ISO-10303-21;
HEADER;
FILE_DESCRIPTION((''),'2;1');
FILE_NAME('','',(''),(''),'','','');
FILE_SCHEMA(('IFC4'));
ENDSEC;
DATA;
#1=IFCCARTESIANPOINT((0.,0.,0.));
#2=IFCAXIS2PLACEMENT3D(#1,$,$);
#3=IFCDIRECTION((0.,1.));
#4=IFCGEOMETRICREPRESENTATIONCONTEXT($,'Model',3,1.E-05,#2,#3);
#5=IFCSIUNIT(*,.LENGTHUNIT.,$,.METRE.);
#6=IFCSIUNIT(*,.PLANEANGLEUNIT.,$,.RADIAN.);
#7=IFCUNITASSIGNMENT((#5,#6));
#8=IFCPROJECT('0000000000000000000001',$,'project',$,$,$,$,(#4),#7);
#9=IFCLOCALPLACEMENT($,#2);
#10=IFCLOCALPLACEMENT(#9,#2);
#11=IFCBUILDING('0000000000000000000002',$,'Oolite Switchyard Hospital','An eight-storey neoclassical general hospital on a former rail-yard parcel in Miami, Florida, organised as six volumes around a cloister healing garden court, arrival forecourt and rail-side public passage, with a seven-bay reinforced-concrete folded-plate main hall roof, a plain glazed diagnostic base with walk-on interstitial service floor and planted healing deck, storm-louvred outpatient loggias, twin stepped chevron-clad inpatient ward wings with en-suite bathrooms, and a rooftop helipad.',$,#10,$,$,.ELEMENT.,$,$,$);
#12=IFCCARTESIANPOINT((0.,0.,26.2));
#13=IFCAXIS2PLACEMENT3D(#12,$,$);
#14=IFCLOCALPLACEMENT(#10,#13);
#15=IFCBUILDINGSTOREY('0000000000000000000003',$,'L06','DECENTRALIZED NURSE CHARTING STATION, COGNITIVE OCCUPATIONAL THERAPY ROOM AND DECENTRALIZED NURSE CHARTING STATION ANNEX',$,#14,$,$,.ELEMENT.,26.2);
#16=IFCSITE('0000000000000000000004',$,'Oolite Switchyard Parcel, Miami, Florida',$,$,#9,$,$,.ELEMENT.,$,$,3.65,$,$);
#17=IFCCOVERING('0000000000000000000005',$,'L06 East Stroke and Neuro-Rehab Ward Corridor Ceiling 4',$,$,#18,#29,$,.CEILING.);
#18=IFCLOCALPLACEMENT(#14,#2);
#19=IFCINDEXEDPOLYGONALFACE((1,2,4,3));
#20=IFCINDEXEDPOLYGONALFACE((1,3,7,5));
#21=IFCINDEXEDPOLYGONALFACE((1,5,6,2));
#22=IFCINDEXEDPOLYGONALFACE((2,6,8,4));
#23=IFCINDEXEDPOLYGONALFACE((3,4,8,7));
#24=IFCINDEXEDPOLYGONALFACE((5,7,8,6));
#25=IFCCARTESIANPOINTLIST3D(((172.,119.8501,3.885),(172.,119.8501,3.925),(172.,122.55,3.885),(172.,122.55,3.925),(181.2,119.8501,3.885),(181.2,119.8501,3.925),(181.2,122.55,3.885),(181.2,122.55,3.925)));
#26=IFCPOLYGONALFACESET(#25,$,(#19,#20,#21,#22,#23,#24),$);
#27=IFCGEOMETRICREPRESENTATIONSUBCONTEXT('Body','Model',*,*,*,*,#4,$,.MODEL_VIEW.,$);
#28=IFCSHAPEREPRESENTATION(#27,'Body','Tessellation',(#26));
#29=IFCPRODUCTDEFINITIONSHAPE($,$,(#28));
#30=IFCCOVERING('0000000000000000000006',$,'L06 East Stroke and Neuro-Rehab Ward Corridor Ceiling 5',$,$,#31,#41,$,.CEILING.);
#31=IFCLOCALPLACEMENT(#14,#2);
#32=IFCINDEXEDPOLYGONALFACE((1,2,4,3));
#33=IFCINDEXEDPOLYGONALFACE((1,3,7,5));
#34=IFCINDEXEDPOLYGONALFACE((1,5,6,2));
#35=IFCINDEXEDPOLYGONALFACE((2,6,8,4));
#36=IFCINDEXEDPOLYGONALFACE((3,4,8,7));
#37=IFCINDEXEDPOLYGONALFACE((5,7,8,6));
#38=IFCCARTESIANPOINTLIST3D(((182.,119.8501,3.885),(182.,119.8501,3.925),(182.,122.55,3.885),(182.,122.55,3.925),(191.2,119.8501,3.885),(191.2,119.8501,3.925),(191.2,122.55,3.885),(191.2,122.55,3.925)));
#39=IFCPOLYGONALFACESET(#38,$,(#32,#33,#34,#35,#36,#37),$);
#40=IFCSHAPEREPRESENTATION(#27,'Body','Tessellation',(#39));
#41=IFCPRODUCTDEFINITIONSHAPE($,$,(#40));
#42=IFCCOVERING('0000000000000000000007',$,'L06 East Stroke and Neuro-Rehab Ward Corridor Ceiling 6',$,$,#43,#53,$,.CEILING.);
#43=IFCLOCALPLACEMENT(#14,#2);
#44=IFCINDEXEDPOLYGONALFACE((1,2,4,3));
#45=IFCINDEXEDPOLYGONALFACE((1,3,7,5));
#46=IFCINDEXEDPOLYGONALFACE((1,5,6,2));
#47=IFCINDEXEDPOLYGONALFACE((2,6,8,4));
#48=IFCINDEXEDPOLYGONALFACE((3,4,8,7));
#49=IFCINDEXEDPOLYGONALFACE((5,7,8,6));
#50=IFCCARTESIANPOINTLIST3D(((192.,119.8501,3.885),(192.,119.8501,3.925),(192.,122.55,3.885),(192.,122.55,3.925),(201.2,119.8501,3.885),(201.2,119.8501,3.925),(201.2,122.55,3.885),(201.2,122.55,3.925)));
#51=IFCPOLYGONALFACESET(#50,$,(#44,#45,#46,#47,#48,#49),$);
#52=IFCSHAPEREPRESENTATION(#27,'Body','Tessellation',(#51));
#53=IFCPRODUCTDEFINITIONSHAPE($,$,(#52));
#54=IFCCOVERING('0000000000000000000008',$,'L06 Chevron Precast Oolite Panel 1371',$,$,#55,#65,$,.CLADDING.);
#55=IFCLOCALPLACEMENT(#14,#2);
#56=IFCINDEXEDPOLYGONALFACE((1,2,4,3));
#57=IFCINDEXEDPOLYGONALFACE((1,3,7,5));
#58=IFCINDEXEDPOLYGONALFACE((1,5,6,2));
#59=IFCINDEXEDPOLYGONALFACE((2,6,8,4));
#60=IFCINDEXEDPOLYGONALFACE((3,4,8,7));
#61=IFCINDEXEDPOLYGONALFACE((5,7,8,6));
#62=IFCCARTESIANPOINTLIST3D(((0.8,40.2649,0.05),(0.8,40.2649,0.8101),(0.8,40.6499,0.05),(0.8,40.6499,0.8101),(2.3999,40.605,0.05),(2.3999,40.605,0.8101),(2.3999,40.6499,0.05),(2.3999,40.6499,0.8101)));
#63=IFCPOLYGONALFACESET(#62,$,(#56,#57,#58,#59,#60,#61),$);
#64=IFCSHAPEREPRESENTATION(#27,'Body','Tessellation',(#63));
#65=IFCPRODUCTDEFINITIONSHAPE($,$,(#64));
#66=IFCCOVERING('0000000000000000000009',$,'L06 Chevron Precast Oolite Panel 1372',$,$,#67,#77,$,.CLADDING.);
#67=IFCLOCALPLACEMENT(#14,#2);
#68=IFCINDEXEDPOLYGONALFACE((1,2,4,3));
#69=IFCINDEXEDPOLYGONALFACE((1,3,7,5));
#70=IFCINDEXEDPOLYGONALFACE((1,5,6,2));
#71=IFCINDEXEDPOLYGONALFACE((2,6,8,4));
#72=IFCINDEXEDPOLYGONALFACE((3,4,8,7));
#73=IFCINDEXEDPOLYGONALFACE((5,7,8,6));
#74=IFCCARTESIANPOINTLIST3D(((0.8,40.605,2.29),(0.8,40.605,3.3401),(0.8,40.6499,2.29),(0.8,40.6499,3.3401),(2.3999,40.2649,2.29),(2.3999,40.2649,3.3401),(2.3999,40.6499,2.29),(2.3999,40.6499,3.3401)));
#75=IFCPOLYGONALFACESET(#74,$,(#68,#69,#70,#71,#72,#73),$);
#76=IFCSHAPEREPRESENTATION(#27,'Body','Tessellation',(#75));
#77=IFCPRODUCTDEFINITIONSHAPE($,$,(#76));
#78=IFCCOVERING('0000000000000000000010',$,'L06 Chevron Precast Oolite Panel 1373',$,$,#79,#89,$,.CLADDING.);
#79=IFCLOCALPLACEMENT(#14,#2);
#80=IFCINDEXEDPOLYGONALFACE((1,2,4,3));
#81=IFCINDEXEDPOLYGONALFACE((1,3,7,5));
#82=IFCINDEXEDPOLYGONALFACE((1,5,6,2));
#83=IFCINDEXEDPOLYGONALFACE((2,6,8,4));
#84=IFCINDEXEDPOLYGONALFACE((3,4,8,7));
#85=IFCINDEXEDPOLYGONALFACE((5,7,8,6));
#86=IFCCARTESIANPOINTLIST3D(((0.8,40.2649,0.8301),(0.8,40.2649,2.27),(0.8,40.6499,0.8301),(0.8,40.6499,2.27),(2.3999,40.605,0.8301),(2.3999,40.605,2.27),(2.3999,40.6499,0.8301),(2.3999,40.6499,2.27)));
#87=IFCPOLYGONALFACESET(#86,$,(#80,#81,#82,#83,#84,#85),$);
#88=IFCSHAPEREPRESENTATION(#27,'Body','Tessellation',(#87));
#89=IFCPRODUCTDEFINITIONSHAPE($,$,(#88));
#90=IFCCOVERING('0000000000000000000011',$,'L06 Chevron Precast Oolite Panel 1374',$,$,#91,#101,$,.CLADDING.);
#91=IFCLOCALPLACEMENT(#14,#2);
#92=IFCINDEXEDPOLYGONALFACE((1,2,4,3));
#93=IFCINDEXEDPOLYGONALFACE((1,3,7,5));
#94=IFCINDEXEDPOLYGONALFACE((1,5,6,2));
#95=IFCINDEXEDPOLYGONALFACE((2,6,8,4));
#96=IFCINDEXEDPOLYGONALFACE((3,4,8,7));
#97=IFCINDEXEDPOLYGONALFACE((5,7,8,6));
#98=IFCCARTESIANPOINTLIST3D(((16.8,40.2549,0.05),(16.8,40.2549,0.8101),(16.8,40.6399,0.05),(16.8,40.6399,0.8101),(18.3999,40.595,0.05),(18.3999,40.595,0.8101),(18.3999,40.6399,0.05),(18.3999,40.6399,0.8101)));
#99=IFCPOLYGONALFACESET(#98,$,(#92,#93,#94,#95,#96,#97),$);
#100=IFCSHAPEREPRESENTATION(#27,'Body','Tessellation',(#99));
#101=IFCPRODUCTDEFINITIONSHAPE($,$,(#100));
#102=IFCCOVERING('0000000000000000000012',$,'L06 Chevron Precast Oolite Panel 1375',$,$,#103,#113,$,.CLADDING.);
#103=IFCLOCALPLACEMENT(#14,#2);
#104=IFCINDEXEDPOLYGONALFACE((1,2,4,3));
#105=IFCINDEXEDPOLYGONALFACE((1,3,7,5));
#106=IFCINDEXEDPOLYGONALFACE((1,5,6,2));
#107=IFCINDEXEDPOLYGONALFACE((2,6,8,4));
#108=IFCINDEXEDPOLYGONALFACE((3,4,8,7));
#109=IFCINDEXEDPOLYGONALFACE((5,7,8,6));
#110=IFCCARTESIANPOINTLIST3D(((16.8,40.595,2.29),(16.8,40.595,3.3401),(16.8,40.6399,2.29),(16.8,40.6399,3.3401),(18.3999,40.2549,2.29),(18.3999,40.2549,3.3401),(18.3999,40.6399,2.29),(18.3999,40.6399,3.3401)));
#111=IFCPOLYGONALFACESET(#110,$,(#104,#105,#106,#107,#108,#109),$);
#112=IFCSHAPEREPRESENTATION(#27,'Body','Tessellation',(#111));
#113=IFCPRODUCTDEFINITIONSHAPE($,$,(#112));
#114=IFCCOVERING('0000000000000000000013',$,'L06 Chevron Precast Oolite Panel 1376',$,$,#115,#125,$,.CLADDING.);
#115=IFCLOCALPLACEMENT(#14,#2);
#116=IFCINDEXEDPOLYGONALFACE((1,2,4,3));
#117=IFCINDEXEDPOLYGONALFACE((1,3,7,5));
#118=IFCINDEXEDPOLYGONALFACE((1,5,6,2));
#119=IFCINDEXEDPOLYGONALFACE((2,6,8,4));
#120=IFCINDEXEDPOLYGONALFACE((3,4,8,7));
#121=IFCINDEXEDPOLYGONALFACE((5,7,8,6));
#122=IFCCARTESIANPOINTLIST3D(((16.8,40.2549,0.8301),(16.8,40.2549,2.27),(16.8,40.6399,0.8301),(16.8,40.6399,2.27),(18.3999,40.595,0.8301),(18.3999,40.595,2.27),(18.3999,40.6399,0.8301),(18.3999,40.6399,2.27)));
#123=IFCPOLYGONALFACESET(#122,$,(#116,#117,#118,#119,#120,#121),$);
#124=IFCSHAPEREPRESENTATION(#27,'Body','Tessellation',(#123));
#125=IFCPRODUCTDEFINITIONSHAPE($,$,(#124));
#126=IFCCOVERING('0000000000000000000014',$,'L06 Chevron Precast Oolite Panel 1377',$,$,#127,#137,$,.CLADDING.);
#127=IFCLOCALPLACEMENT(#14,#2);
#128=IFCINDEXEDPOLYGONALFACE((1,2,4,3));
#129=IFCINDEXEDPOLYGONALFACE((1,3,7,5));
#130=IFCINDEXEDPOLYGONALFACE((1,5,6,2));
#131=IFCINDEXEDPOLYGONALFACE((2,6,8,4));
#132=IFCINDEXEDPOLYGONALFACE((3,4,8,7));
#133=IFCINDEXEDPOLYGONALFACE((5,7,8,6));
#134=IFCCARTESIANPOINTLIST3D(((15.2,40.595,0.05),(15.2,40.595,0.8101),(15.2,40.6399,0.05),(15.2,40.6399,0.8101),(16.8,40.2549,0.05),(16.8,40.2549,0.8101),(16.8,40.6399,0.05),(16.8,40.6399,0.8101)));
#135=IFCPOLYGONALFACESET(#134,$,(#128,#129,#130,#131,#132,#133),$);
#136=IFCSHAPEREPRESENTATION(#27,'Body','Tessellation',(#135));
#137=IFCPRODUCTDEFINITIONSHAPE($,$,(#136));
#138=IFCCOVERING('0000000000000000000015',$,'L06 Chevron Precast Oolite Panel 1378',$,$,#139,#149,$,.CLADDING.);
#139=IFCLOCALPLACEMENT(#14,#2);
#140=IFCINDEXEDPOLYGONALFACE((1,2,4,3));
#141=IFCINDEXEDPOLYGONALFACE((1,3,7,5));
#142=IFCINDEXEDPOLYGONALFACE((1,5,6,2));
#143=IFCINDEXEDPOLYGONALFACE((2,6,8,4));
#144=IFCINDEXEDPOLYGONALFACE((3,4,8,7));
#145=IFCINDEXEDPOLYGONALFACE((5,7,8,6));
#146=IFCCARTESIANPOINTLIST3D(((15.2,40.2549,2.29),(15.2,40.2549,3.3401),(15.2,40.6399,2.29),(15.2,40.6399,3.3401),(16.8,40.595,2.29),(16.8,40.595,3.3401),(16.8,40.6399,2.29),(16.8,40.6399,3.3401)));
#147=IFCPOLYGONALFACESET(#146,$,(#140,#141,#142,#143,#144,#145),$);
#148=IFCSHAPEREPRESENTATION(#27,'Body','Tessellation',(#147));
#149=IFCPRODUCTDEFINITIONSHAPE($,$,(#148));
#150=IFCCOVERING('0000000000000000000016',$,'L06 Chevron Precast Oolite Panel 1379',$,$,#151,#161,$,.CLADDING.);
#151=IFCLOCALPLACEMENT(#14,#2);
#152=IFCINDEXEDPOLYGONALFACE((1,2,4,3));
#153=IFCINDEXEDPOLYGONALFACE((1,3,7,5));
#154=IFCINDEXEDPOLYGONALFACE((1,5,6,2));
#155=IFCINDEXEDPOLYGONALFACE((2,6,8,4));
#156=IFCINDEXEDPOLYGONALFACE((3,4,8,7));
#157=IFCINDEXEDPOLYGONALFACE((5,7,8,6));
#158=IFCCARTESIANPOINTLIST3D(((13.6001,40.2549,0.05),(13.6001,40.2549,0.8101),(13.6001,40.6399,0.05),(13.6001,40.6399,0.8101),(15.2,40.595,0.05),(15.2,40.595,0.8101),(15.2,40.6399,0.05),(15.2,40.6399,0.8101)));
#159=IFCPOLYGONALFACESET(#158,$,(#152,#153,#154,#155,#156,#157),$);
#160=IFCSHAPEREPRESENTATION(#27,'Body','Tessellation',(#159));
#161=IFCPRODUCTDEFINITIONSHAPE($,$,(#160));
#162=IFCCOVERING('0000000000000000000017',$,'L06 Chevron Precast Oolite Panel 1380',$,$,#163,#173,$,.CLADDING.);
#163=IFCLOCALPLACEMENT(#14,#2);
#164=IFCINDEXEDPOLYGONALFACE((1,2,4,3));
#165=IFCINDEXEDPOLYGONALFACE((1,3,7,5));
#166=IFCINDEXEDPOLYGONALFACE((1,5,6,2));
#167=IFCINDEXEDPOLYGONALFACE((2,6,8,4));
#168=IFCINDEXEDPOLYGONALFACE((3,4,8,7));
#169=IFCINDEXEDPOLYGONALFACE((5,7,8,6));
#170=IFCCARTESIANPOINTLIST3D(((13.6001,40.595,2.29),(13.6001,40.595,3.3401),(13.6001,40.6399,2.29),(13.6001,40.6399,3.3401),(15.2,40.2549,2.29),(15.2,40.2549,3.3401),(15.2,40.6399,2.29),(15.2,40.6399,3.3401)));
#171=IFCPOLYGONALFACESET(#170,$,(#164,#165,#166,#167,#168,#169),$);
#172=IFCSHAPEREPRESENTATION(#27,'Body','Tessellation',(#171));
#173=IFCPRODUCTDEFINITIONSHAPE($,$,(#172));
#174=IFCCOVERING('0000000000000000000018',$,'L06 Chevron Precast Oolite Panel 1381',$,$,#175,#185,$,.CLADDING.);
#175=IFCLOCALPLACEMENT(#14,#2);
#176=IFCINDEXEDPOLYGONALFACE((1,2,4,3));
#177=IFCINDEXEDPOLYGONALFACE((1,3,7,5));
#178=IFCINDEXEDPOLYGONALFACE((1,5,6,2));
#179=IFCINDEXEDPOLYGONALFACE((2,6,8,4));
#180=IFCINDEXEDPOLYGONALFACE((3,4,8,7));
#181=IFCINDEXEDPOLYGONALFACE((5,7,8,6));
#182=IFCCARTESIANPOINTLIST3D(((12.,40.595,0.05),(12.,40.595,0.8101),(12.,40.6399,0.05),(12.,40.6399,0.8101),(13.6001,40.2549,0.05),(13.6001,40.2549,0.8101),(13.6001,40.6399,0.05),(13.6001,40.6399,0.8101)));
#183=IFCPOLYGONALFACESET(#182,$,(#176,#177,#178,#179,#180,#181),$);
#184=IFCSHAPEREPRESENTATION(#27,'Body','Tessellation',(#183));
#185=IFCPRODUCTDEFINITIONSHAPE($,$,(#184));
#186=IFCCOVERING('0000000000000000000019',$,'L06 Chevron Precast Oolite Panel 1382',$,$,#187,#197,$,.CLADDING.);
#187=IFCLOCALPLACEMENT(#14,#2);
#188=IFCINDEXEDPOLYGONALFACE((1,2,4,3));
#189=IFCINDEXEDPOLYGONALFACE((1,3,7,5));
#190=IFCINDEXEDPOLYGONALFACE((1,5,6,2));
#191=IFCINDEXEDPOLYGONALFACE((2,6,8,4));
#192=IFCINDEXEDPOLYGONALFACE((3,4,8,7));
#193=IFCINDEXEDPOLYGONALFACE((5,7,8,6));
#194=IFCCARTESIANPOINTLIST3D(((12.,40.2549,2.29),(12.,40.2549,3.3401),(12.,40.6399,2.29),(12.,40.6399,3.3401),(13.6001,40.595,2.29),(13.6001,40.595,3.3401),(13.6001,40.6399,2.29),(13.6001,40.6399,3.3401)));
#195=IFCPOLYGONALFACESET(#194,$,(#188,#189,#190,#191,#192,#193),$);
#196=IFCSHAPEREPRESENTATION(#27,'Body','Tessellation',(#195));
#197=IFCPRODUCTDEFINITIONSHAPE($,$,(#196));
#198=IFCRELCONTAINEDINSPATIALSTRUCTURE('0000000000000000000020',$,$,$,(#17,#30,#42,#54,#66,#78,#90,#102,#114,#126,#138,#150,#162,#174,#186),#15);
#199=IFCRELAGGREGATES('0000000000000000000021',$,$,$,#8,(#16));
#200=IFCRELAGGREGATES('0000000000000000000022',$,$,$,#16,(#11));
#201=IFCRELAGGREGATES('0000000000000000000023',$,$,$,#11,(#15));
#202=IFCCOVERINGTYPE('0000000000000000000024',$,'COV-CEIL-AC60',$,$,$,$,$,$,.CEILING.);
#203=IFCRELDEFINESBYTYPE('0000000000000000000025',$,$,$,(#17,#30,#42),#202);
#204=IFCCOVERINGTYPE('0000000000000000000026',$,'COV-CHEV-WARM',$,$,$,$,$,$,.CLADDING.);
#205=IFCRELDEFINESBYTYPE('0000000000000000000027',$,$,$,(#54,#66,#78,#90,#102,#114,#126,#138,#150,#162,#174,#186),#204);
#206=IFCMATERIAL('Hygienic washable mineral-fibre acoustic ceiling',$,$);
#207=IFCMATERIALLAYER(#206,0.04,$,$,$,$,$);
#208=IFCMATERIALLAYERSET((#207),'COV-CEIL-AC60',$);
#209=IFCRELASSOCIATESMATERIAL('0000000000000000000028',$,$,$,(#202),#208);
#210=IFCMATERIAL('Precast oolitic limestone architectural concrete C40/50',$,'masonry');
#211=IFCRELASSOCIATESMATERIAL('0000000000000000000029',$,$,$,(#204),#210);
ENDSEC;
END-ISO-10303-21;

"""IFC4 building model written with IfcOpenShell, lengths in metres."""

from ifc_helpers import new_model, si_unit, direction, frame, origin, place, context, subcontext, project, spatial, polyline, outline, extrude, material, layer, layer_set, type_object, element, save


model = new_model("IFC4")

# Units and contexts
model_context = context("Model", 3, precision=1e-05, world=origin(), true_north=direction((0.0, 1.0)))
body_context = subcontext(model_context, "Body", "Model", "MODEL_VIEW")
ifc_project = project(units=[si_unit("LENGTHUNIT", "METRE"), si_unit("PLANEANGLEUNIT", "RADIAN")], contexts=[model_context])

# Site, building, storey
site_placement = place(None, origin())
site = spatial("IfcSite", under=ifc_project, at=site_placement, Name="Oolite Switchyard Parcel, Miami, Florida", CompositionType="ELEMENT", RefElevation=3.65)
building_placement = place(site_placement, origin())
building = spatial("IfcBuilding", under=site, at=building_placement, Name="Oolite Switchyard Hospital", Description="An eight-storey neoclassical general hospital on a former rail-yard parcel in Miami, Florida, organised as six volumes around a cloister healing garden court, arrival forecourt and rail-side public passage, with a seven-bay reinforced-concrete folded-plate main hall roof, a plain glazed diagnostic base with walk-on interstitial service floor and planted healing deck, storm-louvred outpatient loggias, twin stepped chevron-clad inpatient ward wings with en-suite bathrooms, and a rooftop helipad.", CompositionType="ELEMENT")
storey_placement = place(building_placement, frame((0.0, 0.0, 26.2)))
storey = spatial("IfcBuildingStorey", under=building, at=storey_placement, Name="L06", Description="DECENTRALIZED NURSE CHARTING STATION, COGNITIVE OCCUPATIONAL THERAPY ROOM AND DECENTRALIZED NURSE CHARTING STATION ANNEX", CompositionType="ELEMENT", Elevation=26.2)

# Coverings
ifc_material_1 = material(Name="Hygienic washable mineral-fibre acoustic ceiling")
ifc_layer_1 = layer(ifc_material_1, 0.04)
ifc_layer_set_1 = layer_set([ifc_layer_1], Name="COV-CEIL-AC60")
covering_type_1 = type_object("IfcCoveringType", Name="COV-CEIL-AC60", PredefinedType="CEILING", material=ifc_layer_set_1)
covering_1_placement = place(storey_placement, frame((0.0, 0.0, 3.885)))
element("IfcCovering", 1, at=covering_1_placement, inside=storey, type_object=covering_type_1, Name="L06 East Stroke and Neuro-Rehab Ward Corridor Ceiling 4", PredefinedType="CEILING", context=body_context, shape_type="SweptSolid", body=[
    extrude(outline(polyline([(172.0, 119.8501), (181.2, 119.8501), (181.2, 122.55), (172.0, 122.55), (172.0, 119.8501)])), origin(), (0.0, 0.0, 1.0), 0.04),
])
covering_2_placement = place(storey_placement, frame((0.0, 0.0, 3.885)))
element("IfcCovering", 2, at=covering_2_placement, inside=storey, type_object=covering_type_1, Name="L06 East Stroke and Neuro-Rehab Ward Corridor Ceiling 5", PredefinedType="CEILING", context=body_context, shape_type="SweptSolid", body=[
    extrude(outline(polyline([(182.0, 119.8501), (191.2, 119.8501), (191.2, 122.55), (182.0, 122.55), (182.0, 119.8501)])), origin(), (0.0, 0.0, 1.0), 0.04),
])
covering_3_placement = place(storey_placement, frame((0.0, 0.0, 3.885)))
element("IfcCovering", 3, at=covering_3_placement, inside=storey, type_object=covering_type_1, Name="L06 East Stroke and Neuro-Rehab Ward Corridor Ceiling 6", PredefinedType="CEILING", context=body_context, shape_type="SweptSolid", body=[
    extrude(outline(polyline([(192.0, 119.8501), (201.2, 119.8501), (201.2, 122.55), (192.0, 122.55), (192.0, 119.8501)])), origin(), (0.0, 0.0, 1.0), 0.04),
])
ifc_material_2 = material(Name="Precast oolitic limestone architectural concrete C40/50", Category="masonry")
covering_type_2 = type_object("IfcCoveringType", Name="COV-CHEV-WARM", PredefinedType="CLADDING", material=ifc_material_2)
covering_4_placement = place(storey_placement, frame((2.3999, 40.6499, 0.05), z_axis=(0.0, 0.0, 1.0), x_axis=(-1.0, 0.0, 0.0)))
element("IfcCovering", 4, at=covering_4_placement, inside=storey, type_object=covering_type_2, Name="L06 Chevron Precast Oolite Panel 1371", PredefinedType="CLADDING", context=body_context, shape_type="SweptSolid", body=[
    extrude(outline(polyline([(0.0, 0.0), (1.5999, 0.0), (1.5999, 0.385), (0.0, 0.0449), (0.0, 0.0)])), origin(), (0.0, 0.0, 1.0), 0.76),
])
covering_5_placement = place(storey_placement, frame((2.3999, 40.6499, 2.29), z_axis=(0.0, 0.0, 1.0), x_axis=(-1.0, 0.0, 0.0)))
element("IfcCovering", 5, at=covering_5_placement, inside=storey, type_object=covering_type_2, Name="L06 Chevron Precast Oolite Panel 1372", PredefinedType="CLADDING", context=body_context, shape_type="SweptSolid", body=[
    extrude(outline(polyline([(0.0, 0.0), (1.5999, 0.0), (1.5999, 0.0449), (0.0, 0.385), (0.0, 0.0)])), origin(), (0.0, 0.0, 1.0), 1.05),
])
covering_6_placement = place(storey_placement, frame((2.3999, 40.6499, 0.8301), z_axis=(0.0, 0.0, 1.0), x_axis=(-1.0, 0.0, 0.0)))
element("IfcCovering", 6, at=covering_6_placement, inside=storey, type_object=covering_type_2, Name="L06 Chevron Precast Oolite Panel 1373", PredefinedType="CLADDING", context=body_context, shape_type="SweptSolid", body=[
    extrude(outline(polyline([(0.0, 0.0), (1.5999, 0.0), (1.5999, 0.385), (0.0, 0.0449), (0.0, 0.0)])), origin(), (0.0, 0.0, 1.0), 1.4399),
])
covering_7_placement = place(storey_placement, frame((18.3999, 40.6399, 0.05), z_axis=(0.0, 0.0, 1.0), x_axis=(-1.0, 0.0, 0.0)))
element("IfcCovering", 7, at=covering_7_placement, inside=storey, type_object=covering_type_2, Name="L06 Chevron Precast Oolite Panel 1374", PredefinedType="CLADDING", context=body_context, shape_type="SweptSolid", body=[
    extrude(outline(polyline([(0.0, 0.0), (1.5999, 0.0), (1.5999, 0.385), (0.0, 0.0449), (0.0, 0.0)])), origin(), (0.0, 0.0, 1.0), 0.76),
])
covering_8_placement = place(storey_placement, frame((18.3999, 40.6399, 2.29), z_axis=(0.0, 0.0, 1.0), x_axis=(-1.0, 0.0, 0.0)))
element("IfcCovering", 8, at=covering_8_placement, inside=storey, type_object=covering_type_2, Name="L06 Chevron Precast Oolite Panel 1375", PredefinedType="CLADDING", context=body_context, shape_type="SweptSolid", body=[
    extrude(outline(polyline([(0.0, 0.0), (1.5999, 0.0), (1.5999, 0.0449), (0.0, 0.385), (0.0, 0.0)])), origin(), (0.0, 0.0, 1.0), 1.05),
])
covering_9_placement = place(storey_placement, frame((18.3999, 40.6399, 0.8301), z_axis=(0.0, 0.0, 1.0), x_axis=(-1.0, 0.0, 0.0)))
element("IfcCovering", 9, at=covering_9_placement, inside=storey, type_object=covering_type_2, Name="L06 Chevron Precast Oolite Panel 1376", PredefinedType="CLADDING", context=body_context, shape_type="SweptSolid", body=[
    extrude(outline(polyline([(0.0, 0.0), (1.5999, 0.0), (1.5999, 0.385), (0.0, 0.0449), (0.0, 0.0)])), origin(), (0.0, 0.0, 1.0), 1.4399),
])
covering_10_placement = place(storey_placement, frame((16.8, 40.6399, 0.05), z_axis=(0.0, 0.0, 1.0), x_axis=(-1.0, 0.0, 0.0)))
element("IfcCovering", 10, at=covering_10_placement, inside=storey, type_object=covering_type_2, Name="L06 Chevron Precast Oolite Panel 1377", PredefinedType="CLADDING", context=body_context, shape_type="SweptSolid", body=[
    extrude(outline(polyline([(0.0, 0.0), (1.6001, 0.0), (1.6001, 0.0449), (0.0, 0.385), (0.0, 0.0)])), origin(), (0.0, 0.0, 1.0), 0.76),
])
covering_11_placement = place(storey_placement, frame((16.8, 40.6399, 2.29), z_axis=(0.0, 0.0, 1.0), x_axis=(-1.0, 0.0, 0.0)))
element("IfcCovering", 11, at=covering_11_placement, inside=storey, type_object=covering_type_2, Name="L06 Chevron Precast Oolite Panel 1378", PredefinedType="CLADDING", context=body_context, shape_type="SweptSolid", body=[
    extrude(outline(polyline([(0.0, 0.0), (1.6001, 0.0), (1.6001, 0.385), (0.0, 0.0449), (0.0, 0.0)])), origin(), (0.0, 0.0, 1.0), 1.05),
])
covering_12_placement = place(storey_placement, frame((15.2, 40.6399, 0.05), z_axis=(0.0, 0.0, 1.0), x_axis=(-1.0, 0.0, 0.0)))
element("IfcCovering", 12, at=covering_12_placement, inside=storey, type_object=covering_type_2, Name="L06 Chevron Precast Oolite Panel 1379", PredefinedType="CLADDING", context=body_context, shape_type="SweptSolid", body=[
    extrude(outline(polyline([(0.0, 0.0), (1.5999, 0.0), (1.5999, 0.385), (0.0, 0.0449), (0.0, 0.0)])), origin(), (0.0, 0.0, 1.0), 0.76),
])
covering_13_placement = place(storey_placement, frame((15.2, 40.6399, 2.29), z_axis=(0.0, 0.0, 1.0), x_axis=(-1.0, 0.0, 0.0)))
element("IfcCovering", 13, at=covering_13_placement, inside=storey, type_object=covering_type_2, Name="L06 Chevron Precast Oolite Panel 1380", PredefinedType="CLADDING", context=body_context, shape_type="SweptSolid", body=[
    extrude(outline(polyline([(0.0, 0.0), (1.5999, 0.0), (1.5999, 0.0449), (0.0, 0.385), (0.0, 0.0)])), origin(), (0.0, 0.0, 1.0), 1.05),
])
covering_14_placement = place(storey_placement, frame((13.6001, 40.6399, 0.05), z_axis=(0.0, 0.0, 1.0), x_axis=(-1.0, 0.0, 0.0)))
element("IfcCovering", 14, at=covering_14_placement, inside=storey, type_object=covering_type_2, Name="L06 Chevron Precast Oolite Panel 1381", PredefinedType="CLADDING", context=body_context, shape_type="SweptSolid", body=[
    extrude(outline(polyline([(0.0, 0.0), (1.6001, 0.0), (1.6001, 0.0449), (0.0, 0.385), (0.0, 0.0)])), origin(), (0.0, 0.0, 1.0), 0.76),
])
covering_15_placement = place(storey_placement, frame((13.6001, 40.6399, 2.29), z_axis=(0.0, 0.0, 1.0), x_axis=(-1.0, 0.0, 0.0)))
element("IfcCovering", 15, at=covering_15_placement, inside=storey, type_object=covering_type_2, Name="L06 Chevron Precast Oolite Panel 1382", PredefinedType="CLADDING", context=body_context, shape_type="SweptSolid", body=[
    extrude(outline(polyline([(0.0, 0.0), (1.6001, 0.0), (1.6001, 0.385), (0.0, 0.0449), (0.0, 0.0)])), origin(), (0.0, 0.0, 1.0), 1.05),
])

save(model, "model.ifc")
